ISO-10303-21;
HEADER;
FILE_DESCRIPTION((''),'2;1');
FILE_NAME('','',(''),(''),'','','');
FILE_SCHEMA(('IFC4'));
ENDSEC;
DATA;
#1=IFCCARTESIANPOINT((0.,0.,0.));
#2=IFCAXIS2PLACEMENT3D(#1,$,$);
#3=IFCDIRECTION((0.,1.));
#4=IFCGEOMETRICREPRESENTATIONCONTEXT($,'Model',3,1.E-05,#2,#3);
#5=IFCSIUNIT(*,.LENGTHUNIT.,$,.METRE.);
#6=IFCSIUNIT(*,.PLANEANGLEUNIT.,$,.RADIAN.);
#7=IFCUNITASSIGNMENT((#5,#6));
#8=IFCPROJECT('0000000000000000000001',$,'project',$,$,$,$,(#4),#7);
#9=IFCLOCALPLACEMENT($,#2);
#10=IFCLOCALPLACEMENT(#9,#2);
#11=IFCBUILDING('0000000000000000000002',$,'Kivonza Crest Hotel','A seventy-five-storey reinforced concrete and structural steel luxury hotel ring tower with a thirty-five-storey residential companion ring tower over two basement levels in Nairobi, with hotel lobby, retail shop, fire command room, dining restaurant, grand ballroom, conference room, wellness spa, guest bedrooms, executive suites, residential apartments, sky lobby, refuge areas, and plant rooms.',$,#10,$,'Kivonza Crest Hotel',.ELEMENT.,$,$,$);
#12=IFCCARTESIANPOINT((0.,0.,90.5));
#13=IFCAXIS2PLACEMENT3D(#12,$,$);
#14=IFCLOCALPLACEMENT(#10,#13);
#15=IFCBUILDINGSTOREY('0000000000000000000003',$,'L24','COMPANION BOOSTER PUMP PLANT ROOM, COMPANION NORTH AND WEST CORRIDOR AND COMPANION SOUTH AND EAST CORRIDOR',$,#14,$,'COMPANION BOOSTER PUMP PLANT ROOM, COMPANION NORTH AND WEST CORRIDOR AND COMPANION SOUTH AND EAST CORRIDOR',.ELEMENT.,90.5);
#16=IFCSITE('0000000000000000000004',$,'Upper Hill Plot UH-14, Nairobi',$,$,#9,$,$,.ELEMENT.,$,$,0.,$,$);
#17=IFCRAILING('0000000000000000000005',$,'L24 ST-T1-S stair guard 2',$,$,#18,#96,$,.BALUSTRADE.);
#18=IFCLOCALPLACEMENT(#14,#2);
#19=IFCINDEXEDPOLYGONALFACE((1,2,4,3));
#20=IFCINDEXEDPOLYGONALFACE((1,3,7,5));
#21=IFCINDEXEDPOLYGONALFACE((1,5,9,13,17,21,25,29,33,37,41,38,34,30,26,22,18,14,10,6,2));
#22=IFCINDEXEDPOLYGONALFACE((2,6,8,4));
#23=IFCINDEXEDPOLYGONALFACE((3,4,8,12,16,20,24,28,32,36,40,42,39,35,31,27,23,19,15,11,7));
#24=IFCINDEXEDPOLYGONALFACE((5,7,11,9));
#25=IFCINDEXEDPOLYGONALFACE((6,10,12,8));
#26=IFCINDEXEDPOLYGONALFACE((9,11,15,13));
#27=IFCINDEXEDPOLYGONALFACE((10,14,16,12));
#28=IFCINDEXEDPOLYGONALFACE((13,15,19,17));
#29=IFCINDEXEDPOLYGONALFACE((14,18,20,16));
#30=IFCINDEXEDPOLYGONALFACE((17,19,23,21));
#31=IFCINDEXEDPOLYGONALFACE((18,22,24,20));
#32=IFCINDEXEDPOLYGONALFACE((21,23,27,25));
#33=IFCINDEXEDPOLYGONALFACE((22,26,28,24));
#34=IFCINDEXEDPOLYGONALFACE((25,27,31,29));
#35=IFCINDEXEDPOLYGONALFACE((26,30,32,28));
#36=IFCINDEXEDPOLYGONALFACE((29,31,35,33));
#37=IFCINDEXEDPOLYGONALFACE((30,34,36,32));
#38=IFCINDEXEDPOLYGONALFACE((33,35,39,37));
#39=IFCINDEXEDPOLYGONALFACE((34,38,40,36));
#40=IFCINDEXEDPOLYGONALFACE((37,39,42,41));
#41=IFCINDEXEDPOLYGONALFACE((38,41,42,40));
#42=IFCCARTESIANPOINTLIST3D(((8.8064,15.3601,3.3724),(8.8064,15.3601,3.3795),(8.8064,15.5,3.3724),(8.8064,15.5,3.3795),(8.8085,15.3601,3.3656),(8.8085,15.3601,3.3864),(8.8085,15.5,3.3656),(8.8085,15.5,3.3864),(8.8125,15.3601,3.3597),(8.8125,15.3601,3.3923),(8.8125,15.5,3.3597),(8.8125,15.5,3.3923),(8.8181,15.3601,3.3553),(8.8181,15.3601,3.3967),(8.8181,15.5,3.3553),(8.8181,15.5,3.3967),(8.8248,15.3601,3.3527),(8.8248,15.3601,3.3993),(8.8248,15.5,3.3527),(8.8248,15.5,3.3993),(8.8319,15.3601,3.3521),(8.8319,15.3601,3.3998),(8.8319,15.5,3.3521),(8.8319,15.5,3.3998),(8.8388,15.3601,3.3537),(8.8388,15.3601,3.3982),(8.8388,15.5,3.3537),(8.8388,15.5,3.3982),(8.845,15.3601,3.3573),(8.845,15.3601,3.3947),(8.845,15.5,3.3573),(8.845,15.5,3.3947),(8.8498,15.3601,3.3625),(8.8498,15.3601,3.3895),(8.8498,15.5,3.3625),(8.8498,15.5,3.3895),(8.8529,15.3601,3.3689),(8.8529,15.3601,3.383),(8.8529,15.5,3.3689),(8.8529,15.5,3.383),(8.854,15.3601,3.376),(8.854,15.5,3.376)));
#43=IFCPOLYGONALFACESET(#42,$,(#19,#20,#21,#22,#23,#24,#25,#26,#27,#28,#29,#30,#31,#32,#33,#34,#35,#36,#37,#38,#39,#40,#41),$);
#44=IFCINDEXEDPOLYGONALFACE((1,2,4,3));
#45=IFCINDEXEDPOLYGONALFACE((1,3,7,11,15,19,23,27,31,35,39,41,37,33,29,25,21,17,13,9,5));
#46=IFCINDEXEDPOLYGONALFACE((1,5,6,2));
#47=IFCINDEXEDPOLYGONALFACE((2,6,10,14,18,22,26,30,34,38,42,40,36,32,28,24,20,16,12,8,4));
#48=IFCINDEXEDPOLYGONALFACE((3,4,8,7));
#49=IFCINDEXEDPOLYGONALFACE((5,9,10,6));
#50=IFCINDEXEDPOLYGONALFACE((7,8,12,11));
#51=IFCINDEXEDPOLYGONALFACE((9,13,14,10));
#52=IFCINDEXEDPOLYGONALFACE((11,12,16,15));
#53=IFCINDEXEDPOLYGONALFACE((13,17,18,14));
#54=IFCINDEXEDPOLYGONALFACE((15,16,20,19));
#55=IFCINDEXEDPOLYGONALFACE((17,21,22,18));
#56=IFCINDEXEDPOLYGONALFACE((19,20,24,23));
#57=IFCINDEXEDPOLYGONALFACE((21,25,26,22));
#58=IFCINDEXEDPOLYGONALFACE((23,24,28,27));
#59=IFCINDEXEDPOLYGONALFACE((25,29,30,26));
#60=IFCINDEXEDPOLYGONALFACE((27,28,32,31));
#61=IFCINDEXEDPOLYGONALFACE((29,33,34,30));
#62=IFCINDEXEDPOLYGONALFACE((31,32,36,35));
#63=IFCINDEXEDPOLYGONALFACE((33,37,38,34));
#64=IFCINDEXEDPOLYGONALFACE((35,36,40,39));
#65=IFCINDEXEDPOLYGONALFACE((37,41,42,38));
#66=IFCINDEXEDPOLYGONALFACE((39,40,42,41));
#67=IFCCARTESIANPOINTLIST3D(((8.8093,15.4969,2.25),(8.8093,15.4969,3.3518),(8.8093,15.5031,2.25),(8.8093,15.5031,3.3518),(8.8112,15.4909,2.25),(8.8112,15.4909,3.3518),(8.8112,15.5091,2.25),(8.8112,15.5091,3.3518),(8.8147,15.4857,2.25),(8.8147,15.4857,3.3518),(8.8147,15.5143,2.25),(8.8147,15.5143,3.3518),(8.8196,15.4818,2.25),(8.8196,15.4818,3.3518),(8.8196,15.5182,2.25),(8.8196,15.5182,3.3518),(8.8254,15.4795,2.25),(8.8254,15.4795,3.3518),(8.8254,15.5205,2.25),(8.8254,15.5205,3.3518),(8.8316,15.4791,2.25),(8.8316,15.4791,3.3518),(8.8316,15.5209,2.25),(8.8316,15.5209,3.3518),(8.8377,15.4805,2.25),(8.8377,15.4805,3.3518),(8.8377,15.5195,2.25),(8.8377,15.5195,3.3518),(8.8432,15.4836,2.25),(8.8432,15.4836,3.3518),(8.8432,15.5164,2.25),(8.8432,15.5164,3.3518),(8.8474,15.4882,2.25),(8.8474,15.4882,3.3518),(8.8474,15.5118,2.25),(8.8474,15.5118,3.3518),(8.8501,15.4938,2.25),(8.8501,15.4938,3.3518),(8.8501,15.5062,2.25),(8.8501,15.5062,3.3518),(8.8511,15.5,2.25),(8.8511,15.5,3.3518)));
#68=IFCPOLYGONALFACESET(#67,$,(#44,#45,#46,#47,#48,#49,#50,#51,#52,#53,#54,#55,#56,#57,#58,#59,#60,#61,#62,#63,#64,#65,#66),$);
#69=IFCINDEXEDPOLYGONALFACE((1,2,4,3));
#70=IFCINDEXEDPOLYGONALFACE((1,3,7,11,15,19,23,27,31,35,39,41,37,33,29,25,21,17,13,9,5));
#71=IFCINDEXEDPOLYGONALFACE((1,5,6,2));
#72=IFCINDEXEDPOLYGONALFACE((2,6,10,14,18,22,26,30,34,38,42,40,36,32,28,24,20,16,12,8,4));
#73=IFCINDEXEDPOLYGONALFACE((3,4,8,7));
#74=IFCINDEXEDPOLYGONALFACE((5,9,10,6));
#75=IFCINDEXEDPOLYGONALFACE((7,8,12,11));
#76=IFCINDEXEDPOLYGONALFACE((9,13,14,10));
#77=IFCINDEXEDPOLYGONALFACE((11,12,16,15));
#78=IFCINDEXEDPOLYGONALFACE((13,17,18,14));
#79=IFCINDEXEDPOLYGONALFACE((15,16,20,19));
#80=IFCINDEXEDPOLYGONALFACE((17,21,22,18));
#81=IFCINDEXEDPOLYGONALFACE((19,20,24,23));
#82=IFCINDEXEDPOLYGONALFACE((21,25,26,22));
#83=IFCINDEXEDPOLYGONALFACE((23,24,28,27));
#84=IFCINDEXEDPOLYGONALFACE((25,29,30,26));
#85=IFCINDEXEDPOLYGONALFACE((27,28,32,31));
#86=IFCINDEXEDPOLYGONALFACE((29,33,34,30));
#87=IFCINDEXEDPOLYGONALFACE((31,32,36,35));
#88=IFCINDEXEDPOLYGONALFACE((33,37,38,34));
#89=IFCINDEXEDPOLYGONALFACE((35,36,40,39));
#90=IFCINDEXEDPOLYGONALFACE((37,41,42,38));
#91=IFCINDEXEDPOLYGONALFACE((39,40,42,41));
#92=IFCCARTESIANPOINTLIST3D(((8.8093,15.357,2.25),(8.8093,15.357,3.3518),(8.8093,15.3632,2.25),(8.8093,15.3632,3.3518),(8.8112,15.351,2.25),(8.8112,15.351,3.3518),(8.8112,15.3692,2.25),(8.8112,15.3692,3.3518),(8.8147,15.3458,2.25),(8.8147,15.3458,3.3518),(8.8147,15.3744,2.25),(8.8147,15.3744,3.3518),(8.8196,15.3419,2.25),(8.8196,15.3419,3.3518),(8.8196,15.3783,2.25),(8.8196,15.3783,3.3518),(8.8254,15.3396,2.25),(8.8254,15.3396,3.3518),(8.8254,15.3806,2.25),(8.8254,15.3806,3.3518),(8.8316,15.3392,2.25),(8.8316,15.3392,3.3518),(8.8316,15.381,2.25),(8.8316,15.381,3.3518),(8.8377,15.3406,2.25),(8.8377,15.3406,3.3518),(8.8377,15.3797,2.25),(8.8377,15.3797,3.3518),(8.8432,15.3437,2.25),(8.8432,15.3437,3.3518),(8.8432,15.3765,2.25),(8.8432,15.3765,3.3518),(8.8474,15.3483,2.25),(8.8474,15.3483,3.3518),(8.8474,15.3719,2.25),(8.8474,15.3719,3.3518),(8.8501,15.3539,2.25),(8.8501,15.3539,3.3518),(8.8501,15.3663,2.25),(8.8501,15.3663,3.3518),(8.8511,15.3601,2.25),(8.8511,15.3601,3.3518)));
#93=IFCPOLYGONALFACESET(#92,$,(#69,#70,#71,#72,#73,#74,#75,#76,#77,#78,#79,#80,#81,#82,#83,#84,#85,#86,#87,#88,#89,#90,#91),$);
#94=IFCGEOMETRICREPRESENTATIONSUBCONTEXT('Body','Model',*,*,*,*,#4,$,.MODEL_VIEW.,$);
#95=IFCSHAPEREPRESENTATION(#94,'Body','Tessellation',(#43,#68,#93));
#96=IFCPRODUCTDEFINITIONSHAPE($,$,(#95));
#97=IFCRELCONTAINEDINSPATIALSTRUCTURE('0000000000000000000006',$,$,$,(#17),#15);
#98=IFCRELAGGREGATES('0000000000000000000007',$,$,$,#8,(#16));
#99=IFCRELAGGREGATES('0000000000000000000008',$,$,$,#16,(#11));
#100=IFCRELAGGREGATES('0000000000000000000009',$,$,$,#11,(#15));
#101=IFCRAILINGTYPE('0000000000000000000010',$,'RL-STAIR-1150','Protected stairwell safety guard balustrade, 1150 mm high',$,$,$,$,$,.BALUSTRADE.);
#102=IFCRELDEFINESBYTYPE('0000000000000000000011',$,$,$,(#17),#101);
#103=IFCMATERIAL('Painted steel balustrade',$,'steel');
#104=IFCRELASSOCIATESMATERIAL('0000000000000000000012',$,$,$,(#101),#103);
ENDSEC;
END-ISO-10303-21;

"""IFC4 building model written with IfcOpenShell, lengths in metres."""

from ifc_helpers import new_model, si_unit, direction, frame, origin, origin_2d, place, context, subcontext, project, spatial, circle, extrude, material, type_object, element, save


model = new_model("IFC4")

# Units and contexts
model_context = context("Model", 3, precision=1e-05, world=origin(), true_north=direction((0.0, 1.0)))
body_context = subcontext(model_context, "Body", "Model", "MODEL_VIEW")
ifc_project = project(units=[si_unit("LENGTHUNIT", "METRE"), si_unit("PLANEANGLEUNIT", "RADIAN")], contexts=[model_context])

# Site, building, storey
site_placement = place(None, origin())
site = spatial("IfcSite", under=ifc_project, at=site_placement, Name="Upper Hill Plot UH-14, Nairobi", CompositionType="ELEMENT", RefElevation=0.0)
building_placement = place(site_placement, origin())
building = spatial("IfcBuilding", under=site, at=building_placement, Name="Kivonza Crest Hotel", Description="A seventy-five-storey reinforced concrete and structural steel luxury hotel ring tower with a thirty-five-storey residential companion ring tower over two basement levels in Nairobi, with hotel lobby, retail shop, fire command room, dining restaurant, grand ballroom, conference room, wellness spa, guest bedrooms, executive suites, residential apartments, sky lobby, refuge areas, and plant rooms.", LongName="Kivonza Crest Hotel", CompositionType="ELEMENT")
storey_placement = place(building_placement, frame((0.0, 0.0, 90.5)))
storey = spatial("IfcBuildingStorey", under=building, at=storey_placement, Name="L24", Description="COMPANION BOOSTER PUMP PLANT ROOM, COMPANION NORTH AND WEST CORRIDOR AND COMPANION SOUTH AND EAST CORRIDOR", LongName="COMPANION BOOSTER PUMP PLANT ROOM, COMPANION NORTH AND WEST CORRIDOR AND COMPANION SOUTH AND EAST CORRIDOR", CompositionType="ELEMENT", Elevation=90.5)

# Railing
ifc_material_1 = material(Name="Painted steel balustrade", Category="steel")
railing_type_1 = type_object("IfcRailingType", Name="RL-STAIR-1150", Description="Protected stairwell safety guard balustrade, 1150 mm high", PredefinedType="BALUSTRADE", material=ifc_material_1)
railing_1_placement = place(storey_placement, frame((8.8301, 15.5, 2.25)))
element("IfcRailing", 1, at=railing_1_placement, inside=storey, type_object=railing_type_1, Name="L24 ST-T1-S stair guard 2", PredefinedType="BALUSTRADE", context=body_context, shape_type="SweptSolid", body=[
    extrude(circle(Radius=0.0239, at=origin_2d()), frame((0.0, 0.0, 1.126), z_axis=(0.0, -1.0, 0.0), x_axis=(1.0, 0.0, 0.0)), (0.0, 0.0, 1.0), 0.1399),
    extrude(circle(Radius=0.021, at=origin_2d()), origin(), (0.0, 0.0, 1.0), 1.1018),
    extrude(circle(Radius=0.021, at=origin_2d()), frame((0.0, -0.1399, 0.0)), (0.0, 0.0, 1.0), 1.1018),
])

save(model, "model.ifc")
